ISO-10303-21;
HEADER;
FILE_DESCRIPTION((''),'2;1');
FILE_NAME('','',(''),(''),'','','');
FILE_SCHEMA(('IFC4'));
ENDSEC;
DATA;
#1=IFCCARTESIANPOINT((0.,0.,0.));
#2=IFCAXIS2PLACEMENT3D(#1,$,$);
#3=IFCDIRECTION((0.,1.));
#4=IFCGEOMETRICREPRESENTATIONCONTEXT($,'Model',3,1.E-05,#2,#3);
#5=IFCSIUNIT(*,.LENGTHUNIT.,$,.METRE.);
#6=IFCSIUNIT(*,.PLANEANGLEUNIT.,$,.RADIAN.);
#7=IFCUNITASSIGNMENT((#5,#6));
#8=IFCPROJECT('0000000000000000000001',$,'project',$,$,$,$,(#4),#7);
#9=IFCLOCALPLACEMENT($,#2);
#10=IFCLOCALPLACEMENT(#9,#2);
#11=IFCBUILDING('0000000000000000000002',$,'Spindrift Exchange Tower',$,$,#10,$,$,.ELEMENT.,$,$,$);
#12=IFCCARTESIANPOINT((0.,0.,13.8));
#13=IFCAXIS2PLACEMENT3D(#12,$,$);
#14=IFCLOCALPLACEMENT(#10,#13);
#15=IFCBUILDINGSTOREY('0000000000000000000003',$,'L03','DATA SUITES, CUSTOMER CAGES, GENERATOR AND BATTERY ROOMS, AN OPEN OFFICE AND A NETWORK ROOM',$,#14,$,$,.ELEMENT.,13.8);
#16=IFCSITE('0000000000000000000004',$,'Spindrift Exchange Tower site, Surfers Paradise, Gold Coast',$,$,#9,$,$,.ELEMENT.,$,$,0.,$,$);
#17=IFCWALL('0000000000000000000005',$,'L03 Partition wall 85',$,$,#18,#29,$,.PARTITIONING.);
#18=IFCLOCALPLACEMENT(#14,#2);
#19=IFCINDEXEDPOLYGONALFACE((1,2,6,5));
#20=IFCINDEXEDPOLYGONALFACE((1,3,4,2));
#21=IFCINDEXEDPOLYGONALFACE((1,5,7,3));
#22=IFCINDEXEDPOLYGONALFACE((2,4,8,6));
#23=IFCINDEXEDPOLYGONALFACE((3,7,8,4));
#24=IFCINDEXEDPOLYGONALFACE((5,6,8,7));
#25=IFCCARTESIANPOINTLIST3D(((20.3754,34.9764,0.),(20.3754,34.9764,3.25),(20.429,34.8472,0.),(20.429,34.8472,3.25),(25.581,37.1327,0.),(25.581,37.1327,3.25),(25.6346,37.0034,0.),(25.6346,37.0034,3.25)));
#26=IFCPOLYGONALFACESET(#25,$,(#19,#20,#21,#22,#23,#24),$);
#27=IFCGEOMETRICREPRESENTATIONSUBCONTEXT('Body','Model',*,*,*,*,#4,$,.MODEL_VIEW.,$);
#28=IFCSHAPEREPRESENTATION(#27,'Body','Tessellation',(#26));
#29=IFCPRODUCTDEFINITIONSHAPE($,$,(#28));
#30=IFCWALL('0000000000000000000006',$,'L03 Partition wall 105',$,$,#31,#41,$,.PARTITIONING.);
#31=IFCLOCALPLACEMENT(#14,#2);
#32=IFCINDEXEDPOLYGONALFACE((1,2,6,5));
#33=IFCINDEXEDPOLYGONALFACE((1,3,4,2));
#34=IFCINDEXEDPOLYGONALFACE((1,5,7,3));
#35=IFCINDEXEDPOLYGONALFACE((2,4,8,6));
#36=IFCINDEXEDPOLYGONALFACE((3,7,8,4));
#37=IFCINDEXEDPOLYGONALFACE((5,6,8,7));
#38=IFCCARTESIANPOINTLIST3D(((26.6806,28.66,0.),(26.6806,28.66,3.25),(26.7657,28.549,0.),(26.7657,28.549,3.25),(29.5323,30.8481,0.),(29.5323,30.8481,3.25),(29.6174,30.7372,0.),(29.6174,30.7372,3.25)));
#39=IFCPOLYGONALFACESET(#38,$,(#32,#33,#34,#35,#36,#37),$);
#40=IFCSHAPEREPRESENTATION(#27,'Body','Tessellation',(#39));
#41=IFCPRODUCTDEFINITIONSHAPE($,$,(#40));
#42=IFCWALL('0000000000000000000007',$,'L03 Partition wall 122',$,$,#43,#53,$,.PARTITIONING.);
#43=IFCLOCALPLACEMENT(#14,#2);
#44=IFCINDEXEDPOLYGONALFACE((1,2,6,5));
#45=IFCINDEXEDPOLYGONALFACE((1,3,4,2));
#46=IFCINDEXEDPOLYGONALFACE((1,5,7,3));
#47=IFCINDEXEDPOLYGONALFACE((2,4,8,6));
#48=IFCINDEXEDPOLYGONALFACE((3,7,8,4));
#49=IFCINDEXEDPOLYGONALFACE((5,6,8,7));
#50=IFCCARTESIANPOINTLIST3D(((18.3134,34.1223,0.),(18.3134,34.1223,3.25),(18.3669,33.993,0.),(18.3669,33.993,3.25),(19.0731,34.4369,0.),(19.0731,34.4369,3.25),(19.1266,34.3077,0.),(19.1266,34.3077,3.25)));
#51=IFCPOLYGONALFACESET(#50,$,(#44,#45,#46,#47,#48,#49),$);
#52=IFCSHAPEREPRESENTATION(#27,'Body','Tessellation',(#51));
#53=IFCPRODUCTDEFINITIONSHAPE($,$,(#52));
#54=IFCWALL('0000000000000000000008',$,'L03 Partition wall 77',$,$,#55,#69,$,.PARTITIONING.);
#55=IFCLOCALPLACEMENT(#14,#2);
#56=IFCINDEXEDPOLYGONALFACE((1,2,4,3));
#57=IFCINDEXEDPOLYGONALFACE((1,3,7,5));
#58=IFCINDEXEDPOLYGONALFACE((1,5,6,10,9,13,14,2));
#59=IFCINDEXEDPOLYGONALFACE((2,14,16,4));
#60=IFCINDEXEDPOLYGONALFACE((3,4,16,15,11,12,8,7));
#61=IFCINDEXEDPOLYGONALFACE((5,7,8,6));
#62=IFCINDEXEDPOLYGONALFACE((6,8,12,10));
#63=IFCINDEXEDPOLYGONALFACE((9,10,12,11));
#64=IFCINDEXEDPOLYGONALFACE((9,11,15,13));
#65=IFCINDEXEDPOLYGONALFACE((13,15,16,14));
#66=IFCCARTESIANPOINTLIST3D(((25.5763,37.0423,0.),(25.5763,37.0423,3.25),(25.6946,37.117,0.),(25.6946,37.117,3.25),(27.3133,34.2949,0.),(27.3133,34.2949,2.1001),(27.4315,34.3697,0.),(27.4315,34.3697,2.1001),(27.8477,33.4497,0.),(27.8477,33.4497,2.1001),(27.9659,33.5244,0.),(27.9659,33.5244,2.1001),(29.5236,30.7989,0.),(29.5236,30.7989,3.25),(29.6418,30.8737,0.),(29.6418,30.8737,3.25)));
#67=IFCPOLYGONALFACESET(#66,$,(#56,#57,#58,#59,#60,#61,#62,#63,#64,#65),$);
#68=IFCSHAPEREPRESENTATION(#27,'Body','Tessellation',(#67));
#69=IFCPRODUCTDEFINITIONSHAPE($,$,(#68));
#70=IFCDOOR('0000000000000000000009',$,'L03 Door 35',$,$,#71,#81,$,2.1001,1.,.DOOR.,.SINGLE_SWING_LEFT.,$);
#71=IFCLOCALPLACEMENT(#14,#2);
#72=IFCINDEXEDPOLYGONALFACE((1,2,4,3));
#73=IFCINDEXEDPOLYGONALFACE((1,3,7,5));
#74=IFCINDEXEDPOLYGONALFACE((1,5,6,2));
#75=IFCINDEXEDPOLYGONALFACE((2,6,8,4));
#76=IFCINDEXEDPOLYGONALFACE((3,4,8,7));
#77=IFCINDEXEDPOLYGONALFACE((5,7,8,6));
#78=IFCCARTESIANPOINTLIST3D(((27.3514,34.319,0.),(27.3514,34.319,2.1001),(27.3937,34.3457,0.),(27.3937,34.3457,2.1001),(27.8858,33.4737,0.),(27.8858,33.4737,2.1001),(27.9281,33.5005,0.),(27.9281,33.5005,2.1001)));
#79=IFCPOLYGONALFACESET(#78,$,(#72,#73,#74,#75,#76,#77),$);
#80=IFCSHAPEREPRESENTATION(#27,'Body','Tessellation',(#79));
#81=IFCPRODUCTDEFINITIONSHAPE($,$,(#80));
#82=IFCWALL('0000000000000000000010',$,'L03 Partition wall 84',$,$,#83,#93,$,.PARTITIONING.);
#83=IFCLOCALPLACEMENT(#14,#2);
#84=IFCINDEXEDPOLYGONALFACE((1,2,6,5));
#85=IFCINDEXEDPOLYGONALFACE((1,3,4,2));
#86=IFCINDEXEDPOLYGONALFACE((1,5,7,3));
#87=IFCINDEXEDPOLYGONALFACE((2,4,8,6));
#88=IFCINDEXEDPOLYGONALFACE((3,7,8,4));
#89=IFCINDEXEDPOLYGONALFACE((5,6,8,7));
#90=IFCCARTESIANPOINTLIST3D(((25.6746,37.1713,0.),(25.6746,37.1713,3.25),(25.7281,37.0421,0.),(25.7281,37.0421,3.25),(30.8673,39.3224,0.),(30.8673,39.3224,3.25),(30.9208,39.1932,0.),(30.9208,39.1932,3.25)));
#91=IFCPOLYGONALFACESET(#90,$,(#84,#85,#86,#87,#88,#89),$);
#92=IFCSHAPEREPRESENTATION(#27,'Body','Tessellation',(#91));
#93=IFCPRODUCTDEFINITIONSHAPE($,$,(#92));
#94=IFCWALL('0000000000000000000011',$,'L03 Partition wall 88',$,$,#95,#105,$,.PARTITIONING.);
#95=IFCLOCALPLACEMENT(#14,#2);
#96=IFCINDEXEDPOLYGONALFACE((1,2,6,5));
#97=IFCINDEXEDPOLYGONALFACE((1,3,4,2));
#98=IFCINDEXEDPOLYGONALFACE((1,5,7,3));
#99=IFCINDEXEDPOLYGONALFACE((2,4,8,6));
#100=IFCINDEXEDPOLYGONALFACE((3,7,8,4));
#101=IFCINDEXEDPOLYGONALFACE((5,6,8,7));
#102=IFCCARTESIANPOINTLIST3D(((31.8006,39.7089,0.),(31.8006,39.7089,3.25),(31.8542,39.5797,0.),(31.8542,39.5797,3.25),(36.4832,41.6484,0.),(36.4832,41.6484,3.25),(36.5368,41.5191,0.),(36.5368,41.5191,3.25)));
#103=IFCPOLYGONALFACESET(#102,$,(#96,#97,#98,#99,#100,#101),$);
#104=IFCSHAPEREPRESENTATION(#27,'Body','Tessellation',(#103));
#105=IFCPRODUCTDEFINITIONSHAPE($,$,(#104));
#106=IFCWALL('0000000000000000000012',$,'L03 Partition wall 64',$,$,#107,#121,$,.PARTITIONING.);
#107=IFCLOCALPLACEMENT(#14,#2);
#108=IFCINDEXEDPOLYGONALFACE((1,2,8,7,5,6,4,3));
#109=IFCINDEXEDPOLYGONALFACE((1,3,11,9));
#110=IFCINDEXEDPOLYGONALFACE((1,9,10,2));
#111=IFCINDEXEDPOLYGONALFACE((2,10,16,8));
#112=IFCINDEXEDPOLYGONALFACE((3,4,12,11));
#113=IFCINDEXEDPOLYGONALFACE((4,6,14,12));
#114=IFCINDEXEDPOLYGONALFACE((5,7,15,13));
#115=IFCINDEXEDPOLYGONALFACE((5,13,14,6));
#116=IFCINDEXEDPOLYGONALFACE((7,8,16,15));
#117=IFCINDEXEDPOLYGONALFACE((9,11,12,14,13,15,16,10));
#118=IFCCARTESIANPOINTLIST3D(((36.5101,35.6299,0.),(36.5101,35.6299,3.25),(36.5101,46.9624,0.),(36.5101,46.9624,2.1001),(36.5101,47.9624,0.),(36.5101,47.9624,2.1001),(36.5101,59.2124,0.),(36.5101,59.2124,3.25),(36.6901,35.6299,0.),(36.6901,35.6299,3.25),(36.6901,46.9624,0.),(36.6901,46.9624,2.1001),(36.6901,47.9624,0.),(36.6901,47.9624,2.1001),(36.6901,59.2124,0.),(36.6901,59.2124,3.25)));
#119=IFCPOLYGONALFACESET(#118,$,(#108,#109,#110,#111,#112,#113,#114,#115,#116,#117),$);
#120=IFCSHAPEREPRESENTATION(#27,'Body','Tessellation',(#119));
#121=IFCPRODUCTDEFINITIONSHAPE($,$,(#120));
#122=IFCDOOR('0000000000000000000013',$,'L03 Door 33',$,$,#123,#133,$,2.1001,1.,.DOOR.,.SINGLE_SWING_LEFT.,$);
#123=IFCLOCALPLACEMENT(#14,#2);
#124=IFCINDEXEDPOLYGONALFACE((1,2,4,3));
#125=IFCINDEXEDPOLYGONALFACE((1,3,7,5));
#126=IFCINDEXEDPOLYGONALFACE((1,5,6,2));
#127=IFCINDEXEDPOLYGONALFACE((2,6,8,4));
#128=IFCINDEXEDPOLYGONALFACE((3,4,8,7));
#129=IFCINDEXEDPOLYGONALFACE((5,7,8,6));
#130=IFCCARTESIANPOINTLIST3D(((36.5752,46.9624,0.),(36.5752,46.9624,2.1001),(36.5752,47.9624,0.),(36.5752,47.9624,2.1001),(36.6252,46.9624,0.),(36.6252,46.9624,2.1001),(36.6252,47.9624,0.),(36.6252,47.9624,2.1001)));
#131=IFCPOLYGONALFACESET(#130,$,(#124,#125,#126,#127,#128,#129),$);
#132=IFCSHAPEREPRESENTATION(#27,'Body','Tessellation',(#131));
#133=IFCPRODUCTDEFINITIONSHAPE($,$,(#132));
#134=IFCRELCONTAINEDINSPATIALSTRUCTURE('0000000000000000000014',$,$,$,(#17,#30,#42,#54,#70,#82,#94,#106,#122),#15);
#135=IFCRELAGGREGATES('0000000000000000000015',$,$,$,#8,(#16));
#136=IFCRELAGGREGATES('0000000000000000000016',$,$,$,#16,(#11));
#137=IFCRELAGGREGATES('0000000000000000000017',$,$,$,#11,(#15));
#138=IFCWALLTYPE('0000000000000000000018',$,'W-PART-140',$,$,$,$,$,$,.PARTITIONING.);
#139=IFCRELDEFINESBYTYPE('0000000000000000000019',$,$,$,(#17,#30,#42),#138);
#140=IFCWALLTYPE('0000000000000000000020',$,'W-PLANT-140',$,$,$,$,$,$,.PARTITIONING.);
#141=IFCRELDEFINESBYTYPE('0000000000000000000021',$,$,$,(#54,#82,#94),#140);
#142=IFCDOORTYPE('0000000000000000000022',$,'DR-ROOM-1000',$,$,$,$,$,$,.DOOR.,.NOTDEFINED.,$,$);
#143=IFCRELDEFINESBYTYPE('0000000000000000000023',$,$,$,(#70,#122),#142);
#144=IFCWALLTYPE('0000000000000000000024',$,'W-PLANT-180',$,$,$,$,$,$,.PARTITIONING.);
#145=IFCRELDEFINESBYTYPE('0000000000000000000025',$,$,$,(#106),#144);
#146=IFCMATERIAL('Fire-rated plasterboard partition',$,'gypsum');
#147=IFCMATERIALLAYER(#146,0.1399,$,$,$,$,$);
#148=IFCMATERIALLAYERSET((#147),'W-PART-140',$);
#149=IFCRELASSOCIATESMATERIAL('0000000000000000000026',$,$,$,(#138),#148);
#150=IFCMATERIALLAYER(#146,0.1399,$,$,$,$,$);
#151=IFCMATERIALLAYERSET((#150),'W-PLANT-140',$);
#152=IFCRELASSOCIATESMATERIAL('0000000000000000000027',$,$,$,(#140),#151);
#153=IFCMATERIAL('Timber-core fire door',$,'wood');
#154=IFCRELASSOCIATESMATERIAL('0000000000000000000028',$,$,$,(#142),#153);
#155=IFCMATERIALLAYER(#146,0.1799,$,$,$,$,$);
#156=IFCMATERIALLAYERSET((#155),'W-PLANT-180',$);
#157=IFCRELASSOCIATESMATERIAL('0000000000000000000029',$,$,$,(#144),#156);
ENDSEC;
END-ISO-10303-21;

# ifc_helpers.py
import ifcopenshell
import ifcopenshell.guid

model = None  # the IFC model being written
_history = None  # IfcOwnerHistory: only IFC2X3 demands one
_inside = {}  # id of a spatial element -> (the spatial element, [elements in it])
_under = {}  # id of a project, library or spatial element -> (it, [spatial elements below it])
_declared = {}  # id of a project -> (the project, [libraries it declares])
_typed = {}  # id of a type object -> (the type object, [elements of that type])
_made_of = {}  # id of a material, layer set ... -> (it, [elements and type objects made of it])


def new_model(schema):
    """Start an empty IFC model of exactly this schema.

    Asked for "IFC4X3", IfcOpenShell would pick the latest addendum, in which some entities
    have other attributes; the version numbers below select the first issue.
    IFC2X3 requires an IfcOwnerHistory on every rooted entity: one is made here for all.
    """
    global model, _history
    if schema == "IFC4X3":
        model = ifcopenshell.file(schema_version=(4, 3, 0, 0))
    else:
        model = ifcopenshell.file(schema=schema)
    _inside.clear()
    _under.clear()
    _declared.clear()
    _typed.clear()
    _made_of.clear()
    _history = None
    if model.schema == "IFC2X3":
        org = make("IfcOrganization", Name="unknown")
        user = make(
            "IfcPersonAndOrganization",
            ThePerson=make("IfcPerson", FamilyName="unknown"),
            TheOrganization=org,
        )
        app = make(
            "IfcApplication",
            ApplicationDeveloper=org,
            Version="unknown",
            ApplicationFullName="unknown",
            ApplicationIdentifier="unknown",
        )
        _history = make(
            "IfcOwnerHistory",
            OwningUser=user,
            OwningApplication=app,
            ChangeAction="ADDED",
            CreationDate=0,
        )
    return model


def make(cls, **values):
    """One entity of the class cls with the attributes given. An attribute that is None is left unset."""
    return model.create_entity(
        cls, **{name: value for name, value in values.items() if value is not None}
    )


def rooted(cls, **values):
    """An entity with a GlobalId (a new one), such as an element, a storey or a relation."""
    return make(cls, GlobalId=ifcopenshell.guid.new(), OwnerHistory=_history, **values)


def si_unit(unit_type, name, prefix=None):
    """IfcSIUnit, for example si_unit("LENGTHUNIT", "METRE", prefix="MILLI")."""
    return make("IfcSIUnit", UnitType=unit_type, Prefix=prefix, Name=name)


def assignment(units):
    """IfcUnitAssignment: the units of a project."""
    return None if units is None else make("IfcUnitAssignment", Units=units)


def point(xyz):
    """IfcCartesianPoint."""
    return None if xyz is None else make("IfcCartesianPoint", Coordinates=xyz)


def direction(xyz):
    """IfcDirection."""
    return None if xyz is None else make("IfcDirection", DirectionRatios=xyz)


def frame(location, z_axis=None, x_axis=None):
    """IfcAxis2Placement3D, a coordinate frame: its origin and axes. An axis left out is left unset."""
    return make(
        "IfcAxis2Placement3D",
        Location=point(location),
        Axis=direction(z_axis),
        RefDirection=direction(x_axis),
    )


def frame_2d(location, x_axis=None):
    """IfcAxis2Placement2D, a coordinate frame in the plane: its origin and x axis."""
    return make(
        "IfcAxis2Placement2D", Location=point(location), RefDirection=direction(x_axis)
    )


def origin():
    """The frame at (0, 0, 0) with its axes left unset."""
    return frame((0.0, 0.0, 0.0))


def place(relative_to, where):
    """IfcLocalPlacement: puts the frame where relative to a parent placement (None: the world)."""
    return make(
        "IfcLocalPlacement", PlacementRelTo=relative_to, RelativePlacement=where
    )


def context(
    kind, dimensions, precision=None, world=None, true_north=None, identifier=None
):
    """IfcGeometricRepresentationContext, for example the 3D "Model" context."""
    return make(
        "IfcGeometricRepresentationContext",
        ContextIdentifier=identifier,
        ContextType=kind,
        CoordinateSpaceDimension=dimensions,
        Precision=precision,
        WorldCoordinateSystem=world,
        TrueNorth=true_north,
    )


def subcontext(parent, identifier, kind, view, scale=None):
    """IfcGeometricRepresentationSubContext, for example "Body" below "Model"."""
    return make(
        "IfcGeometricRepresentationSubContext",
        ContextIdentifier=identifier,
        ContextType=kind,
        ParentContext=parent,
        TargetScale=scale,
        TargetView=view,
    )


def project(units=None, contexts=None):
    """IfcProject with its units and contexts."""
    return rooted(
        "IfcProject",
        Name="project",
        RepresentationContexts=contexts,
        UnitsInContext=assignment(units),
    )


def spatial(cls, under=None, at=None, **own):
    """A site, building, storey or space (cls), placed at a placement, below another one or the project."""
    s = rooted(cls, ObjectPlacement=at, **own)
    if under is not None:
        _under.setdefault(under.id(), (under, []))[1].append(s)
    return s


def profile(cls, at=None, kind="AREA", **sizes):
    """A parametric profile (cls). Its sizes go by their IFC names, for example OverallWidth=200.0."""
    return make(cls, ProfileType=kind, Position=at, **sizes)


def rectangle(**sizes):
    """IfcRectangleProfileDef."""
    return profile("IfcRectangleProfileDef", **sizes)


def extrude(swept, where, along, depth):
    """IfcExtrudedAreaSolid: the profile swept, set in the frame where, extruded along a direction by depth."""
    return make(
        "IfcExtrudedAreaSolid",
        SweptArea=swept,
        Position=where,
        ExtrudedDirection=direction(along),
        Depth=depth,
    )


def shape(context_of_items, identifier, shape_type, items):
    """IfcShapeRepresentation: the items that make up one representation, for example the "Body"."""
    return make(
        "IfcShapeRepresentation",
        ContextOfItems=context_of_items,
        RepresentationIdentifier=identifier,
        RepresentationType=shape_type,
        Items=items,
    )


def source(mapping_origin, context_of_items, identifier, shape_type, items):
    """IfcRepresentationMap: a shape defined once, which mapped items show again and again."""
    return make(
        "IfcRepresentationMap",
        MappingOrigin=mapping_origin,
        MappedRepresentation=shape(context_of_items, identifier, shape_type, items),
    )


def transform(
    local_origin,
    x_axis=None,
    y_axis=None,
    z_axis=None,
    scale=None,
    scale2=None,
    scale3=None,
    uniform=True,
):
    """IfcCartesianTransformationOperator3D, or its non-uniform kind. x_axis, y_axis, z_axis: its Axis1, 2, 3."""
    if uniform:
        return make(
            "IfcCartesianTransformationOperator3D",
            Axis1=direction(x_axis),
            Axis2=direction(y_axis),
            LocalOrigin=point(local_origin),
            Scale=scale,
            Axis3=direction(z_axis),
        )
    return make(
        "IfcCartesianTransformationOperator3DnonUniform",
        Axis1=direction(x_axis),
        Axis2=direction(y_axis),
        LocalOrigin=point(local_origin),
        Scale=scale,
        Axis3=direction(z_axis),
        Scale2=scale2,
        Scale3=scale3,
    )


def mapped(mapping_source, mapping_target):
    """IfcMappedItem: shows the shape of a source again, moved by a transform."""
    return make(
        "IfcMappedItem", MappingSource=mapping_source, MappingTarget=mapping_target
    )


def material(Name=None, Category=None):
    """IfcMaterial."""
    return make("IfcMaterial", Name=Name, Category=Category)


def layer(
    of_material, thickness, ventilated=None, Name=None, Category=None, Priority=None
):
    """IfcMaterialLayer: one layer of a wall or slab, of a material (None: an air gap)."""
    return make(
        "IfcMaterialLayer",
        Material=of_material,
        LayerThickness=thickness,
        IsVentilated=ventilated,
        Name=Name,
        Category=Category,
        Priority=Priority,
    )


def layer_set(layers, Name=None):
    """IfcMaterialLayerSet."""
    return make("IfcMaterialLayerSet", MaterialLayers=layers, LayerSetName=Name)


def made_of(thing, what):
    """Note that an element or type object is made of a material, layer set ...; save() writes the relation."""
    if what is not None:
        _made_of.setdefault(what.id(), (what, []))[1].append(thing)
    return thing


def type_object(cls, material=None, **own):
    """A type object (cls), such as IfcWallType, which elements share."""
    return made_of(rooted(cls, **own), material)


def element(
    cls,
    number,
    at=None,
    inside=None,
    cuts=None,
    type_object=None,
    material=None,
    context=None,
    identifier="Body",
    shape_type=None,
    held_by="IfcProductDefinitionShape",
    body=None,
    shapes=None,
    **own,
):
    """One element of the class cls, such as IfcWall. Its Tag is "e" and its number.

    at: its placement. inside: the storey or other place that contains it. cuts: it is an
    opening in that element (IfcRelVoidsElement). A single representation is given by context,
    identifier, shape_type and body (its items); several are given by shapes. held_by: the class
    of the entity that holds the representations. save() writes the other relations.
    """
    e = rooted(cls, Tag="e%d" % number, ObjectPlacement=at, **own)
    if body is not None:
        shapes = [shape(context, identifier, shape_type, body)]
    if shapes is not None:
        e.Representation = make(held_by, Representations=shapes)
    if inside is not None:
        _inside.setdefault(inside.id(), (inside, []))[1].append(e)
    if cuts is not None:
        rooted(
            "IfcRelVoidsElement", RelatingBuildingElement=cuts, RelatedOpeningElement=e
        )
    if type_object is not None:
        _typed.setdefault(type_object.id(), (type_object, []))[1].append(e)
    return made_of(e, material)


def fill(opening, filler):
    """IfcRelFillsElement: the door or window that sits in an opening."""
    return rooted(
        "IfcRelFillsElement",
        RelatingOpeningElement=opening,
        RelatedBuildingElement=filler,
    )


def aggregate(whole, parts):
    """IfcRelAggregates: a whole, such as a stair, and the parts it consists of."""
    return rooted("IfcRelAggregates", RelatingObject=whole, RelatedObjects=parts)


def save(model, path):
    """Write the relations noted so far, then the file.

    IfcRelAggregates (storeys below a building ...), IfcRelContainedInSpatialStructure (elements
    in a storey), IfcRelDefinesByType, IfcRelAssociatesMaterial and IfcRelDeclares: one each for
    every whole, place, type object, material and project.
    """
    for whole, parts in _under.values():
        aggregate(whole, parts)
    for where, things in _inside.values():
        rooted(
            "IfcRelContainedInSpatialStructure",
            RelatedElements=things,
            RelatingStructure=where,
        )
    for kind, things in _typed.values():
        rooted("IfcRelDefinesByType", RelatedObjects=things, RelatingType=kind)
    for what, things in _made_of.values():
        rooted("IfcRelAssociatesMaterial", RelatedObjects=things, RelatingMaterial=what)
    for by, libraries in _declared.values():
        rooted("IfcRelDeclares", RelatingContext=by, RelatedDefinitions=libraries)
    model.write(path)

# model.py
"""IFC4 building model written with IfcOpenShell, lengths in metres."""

from ifc_helpers import new_model, si_unit, direction, frame, frame_2d, origin, place, context, subcontext, project, spatial, rectangle, extrude, source, transform, mapped, material, layer, layer_set, type_object, element, fill, save


model = new_model("IFC4")

# Units and contexts
model_context = context("Model", 3, precision=1e-05, world=origin(), true_north=direction((0.0, 1.0)))
body_context = subcontext(model_context, "Body", "Model", "MODEL_VIEW")
ifc_project = project(units=[si_unit("LENGTHUNIT", "METRE"), si_unit("PLANEANGLEUNIT", "RADIAN")], contexts=[model_context])

# Site, building, storey
site_placement = place(None, origin())
site = spatial("IfcSite", under=ifc_project, at=site_placement, Name="Spindrift Exchange Tower site, Surfers Paradise, Gold Coast", CompositionType="ELEMENT", RefElevation=0.0)
building_placement = place(site_placement, origin())
building = spatial("IfcBuilding", under=site, at=building_placement, Name="Spindrift Exchange Tower", CompositionType="ELEMENT")
storey_placement = place(building_placement, frame((0.0, 0.0, 13.8)))
storey = spatial("IfcBuildingStorey", under=building, at=storey_placement, Name="L03", Description="DATA SUITES, CUSTOMER CAGES, GENERATOR AND BATTERY ROOMS, AN OPEN OFFICE AND A NETWORK ROOM", CompositionType="ELEMENT", Elevation=13.8)

# Walls
ifc_material_1 = material(Name="Fire-rated plasterboard partition", Category="gypsum")
ifc_layer_1 = layer(ifc_material_1, 0.1399)
ifc_layer_set_1 = layer_set([ifc_layer_1], Name="W-PART-140")
wall_type_1 = type_object("IfcWallType", Name="W-PART-140", PredefinedType="PARTITIONING", material=ifc_layer_set_1)
wall_1_placement = place(storey_placement, frame((25.6079, 37.0681, 0.0), z_axis=(0.0, 0.0, 1.0), x_axis=(-0.923877, -0.382689, 0.0)))
element("IfcWall", 1, at=wall_1_placement, inside=storey, type_object=wall_type_1, Name="L03 Partition wall 85", PredefinedType="PARTITIONING", context=body_context, shape_type="SweptSolid", body=[
    extrude(rectangle(XDim=5.6345, YDim=0.1399, at=frame_2d((2.8174, 0.0))), origin(), (0.0, 0.0, 1.0), 3.25),
])
wall_2_placement = place(storey_placement, frame((29.575, 30.7927, 0.0), z_axis=(0.0, 0.0, 1.0), x_axis=(-0.793358, -0.608755, 0.0)))
element("IfcWall", 2, at=wall_2_placement, inside=storey, type_object=wall_type_1, Name="L03 Partition wall 105", PredefinedType="PARTITIONING", context=body_context, shape_type="SweptSolid", body=[
    extrude(rectangle(XDim=3.5945, YDim=0.1399, at=frame_2d((1.7974, 0.0))), origin(), (0.0, 0.0, 1.0), 3.25),
])
wall_3_placement = place(storey_placement, frame((19.0999, 34.3723, 0.0), z_axis=(0.0, 0.0, 1.0), x_axis=(-0.923883, -0.382675, 0.0)))
element("IfcWall", 3, at=wall_3_placement, inside=storey, type_object=wall_type_1, Name="L03 Partition wall 122", PredefinedType="PARTITIONING", context=body_context, shape_type="SweptSolid", body=[
    extrude(rectangle(XDim=0.8223, YDim=0.1399, at=frame_2d((0.4111, 0.0))), origin(), (0.0, 0.0, 1.0), 3.25),
])

# Wall, opening, door
ifc_layer_2 = layer(ifc_material_1, 0.1399)
ifc_layer_set_2 = layer_set([ifc_layer_2], Name="W-PLANT-140")
wall_type_2 = type_object("IfcWallType", Name="W-PLANT-140", PredefinedType="PARTITIONING", material=ifc_layer_set_2)
wall_4_placement = place(storey_placement, frame((29.5828, 30.8362, 0.0), z_axis=(0.0, 0.0, 1.0), x_axis=(-0.534386, 0.845241, 0.0)))
wall_4 = element("IfcWall", 4, at=wall_4_placement, inside=storey, type_object=wall_type_2, Name="L03 Partition wall 77", PredefinedType="PARTITIONING", context=body_context, shape_type="SweptSolid", body=[
    extrude(rectangle(XDim=7.3865, YDim=0.1399, at=frame_2d((3.6934, 0.0))), origin(), (0.0, 0.0, 1.0), 3.25),
])
opening_1_placement = place(wall_4_placement, frame((3.1362, 0.0, 0.0)))
opening_1 = element("IfcOpeningElement", 5, at=opening_1_placement, cuts=wall_4, PredefinedType="OPENING", context=body_context, shape_type="SweptSolid", body=[
    extrude(rectangle(XDim=1.0, YDim=2.1001, at=frame_2d((0.5, 1.05))), frame((0.0, 0.0798, 0.0), z_axis=(0.0, -1.0, 0.0), x_axis=(1.0, 0.0, 0.0)), (0.0, 0.0, 1.0), 0.1599),
])
ifc_material_2 = material(Name="Timber-core fire door", Category="wood")
door_type = type_object("IfcDoorType", Name="DR-ROOM-1000", OperationType="NOTDEFINED", PredefinedType="DOOR", material=ifc_material_2)
shared_shape_1 = source(origin(), body_context, "Body", "SweptSolid", [
    extrude(rectangle(XDim=1.0, YDim=2.1001, at=frame_2d((0.5, 1.05))), frame((0.0, 0.0249, 0.0), z_axis=(0.0, -1.0, 0.0), x_axis=(1.0, 0.0, 0.0)), (0.0, 0.0, 1.0), 0.05),
])
door_1_placement = place(opening_1_placement, origin())
door_1 = element("IfcDoor", 6, at=door_1_placement, inside=storey, type_object=door_type, Name="L03 Door 35", OperationType="SINGLE_SWING_LEFT", OverallHeight=2.1001, OverallWidth=1.0, PredefinedType="DOOR", context=body_context, shape_type="MappedRepresentation", body=[
    mapped(shared_shape_1, transform((0.0, 0.0, 0.0), scale=1.0)),
])
fill(opening_1, door_1)

# Walls
wall_5_placement = place(storey_placement, frame((30.894, 39.2578, 0.0), z_axis=(0.0, 0.0, 1.0), x_axis=(-0.923863, -0.382724, 0.0)))
element("IfcWall", 7, at=wall_5_placement, inside=storey, type_object=wall_type_2, Name="L03 Partition wall 84", PredefinedType="PARTITIONING", context=body_context, shape_type="SweptSolid", body=[
    extrude(rectangle(XDim=5.6206, YDim=0.1399, at=frame_2d((2.8103, 0.0))), origin(), (0.0, 0.0, 1.0), 3.25),
])
wall_6_placement = place(storey_placement, frame((36.51, 41.5837, 0.0), z_axis=(0.0, 0.0, 1.0), x_axis=(-0.92389, -0.382658, 0.0)))
element("IfcWall", 8, at=wall_6_placement, inside=storey, type_object=wall_type_2, Name="L03 Partition wall 88", PredefinedType="PARTITIONING", context=body_context, shape_type="SweptSolid", body=[
    extrude(rectangle(XDim=5.0684, YDim=0.1399, at=frame_2d((2.5342, 0.0))), origin(), (0.0, 0.0, 1.0), 3.25),
])

# Wall, opening, door
ifc_layer_3 = layer(ifc_material_1, 0.1799)
ifc_layer_set_3 = layer_set([ifc_layer_3], Name="W-PLANT-180")
wall_type_3 = type_object("IfcWallType", Name="W-PLANT-180", PredefinedType="PARTITIONING", material=ifc_layer_set_3)
wall_7_placement = place(storey_placement, frame((36.6001, 35.6299, 0.0), z_axis=(0.0, 0.0, 1.0), x_axis=(0.0, 1.0, 0.0)))
wall_7 = element("IfcWall", 9, at=wall_7_placement, inside=storey, type_object=wall_type_3, Name="L03 Partition wall 64", PredefinedType="PARTITIONING", context=body_context, shape_type="SweptSolid", body=[
    extrude(rectangle(XDim=23.5825, YDim=0.1799, at=frame_2d((11.7913, 0.0))), origin(), (0.0, 0.0, 1.0), 3.25),
])
opening_2_placement = place(wall_7_placement, frame((11.3325, 0.0, 0.0)))
opening_2 = element("IfcOpeningElement", 10, at=opening_2_placement, cuts=wall_7, PredefinedType="OPENING", context=body_context, shape_type="SweptSolid", body=[
    extrude(rectangle(XDim=1.0, YDim=2.1001, at=frame_2d((0.5, 1.05))), frame((0.0, 0.0999, 0.0), z_axis=(0.0, -1.0, 0.0), x_axis=(1.0, 0.0, 0.0)), (0.0, 0.0, 1.0), 0.2),
])
door_2_placement = place(opening_2_placement, origin())
door_2 = element("IfcDoor", 11, at=door_2_placement, inside=storey, type_object=door_type, Name="L03 Door 33", OperationType="SINGLE_SWING_LEFT", OverallHeight=2.1001, OverallWidth=1.0, PredefinedType="DOOR", context=body_context, shape_type="MappedRepresentation", body=[
    mapped(shared_shape_1, transform((0.0, 0.0, 0.0), scale=1.0)),
])
fill(opening_2, door_2)

save(model, "model.ifc")
